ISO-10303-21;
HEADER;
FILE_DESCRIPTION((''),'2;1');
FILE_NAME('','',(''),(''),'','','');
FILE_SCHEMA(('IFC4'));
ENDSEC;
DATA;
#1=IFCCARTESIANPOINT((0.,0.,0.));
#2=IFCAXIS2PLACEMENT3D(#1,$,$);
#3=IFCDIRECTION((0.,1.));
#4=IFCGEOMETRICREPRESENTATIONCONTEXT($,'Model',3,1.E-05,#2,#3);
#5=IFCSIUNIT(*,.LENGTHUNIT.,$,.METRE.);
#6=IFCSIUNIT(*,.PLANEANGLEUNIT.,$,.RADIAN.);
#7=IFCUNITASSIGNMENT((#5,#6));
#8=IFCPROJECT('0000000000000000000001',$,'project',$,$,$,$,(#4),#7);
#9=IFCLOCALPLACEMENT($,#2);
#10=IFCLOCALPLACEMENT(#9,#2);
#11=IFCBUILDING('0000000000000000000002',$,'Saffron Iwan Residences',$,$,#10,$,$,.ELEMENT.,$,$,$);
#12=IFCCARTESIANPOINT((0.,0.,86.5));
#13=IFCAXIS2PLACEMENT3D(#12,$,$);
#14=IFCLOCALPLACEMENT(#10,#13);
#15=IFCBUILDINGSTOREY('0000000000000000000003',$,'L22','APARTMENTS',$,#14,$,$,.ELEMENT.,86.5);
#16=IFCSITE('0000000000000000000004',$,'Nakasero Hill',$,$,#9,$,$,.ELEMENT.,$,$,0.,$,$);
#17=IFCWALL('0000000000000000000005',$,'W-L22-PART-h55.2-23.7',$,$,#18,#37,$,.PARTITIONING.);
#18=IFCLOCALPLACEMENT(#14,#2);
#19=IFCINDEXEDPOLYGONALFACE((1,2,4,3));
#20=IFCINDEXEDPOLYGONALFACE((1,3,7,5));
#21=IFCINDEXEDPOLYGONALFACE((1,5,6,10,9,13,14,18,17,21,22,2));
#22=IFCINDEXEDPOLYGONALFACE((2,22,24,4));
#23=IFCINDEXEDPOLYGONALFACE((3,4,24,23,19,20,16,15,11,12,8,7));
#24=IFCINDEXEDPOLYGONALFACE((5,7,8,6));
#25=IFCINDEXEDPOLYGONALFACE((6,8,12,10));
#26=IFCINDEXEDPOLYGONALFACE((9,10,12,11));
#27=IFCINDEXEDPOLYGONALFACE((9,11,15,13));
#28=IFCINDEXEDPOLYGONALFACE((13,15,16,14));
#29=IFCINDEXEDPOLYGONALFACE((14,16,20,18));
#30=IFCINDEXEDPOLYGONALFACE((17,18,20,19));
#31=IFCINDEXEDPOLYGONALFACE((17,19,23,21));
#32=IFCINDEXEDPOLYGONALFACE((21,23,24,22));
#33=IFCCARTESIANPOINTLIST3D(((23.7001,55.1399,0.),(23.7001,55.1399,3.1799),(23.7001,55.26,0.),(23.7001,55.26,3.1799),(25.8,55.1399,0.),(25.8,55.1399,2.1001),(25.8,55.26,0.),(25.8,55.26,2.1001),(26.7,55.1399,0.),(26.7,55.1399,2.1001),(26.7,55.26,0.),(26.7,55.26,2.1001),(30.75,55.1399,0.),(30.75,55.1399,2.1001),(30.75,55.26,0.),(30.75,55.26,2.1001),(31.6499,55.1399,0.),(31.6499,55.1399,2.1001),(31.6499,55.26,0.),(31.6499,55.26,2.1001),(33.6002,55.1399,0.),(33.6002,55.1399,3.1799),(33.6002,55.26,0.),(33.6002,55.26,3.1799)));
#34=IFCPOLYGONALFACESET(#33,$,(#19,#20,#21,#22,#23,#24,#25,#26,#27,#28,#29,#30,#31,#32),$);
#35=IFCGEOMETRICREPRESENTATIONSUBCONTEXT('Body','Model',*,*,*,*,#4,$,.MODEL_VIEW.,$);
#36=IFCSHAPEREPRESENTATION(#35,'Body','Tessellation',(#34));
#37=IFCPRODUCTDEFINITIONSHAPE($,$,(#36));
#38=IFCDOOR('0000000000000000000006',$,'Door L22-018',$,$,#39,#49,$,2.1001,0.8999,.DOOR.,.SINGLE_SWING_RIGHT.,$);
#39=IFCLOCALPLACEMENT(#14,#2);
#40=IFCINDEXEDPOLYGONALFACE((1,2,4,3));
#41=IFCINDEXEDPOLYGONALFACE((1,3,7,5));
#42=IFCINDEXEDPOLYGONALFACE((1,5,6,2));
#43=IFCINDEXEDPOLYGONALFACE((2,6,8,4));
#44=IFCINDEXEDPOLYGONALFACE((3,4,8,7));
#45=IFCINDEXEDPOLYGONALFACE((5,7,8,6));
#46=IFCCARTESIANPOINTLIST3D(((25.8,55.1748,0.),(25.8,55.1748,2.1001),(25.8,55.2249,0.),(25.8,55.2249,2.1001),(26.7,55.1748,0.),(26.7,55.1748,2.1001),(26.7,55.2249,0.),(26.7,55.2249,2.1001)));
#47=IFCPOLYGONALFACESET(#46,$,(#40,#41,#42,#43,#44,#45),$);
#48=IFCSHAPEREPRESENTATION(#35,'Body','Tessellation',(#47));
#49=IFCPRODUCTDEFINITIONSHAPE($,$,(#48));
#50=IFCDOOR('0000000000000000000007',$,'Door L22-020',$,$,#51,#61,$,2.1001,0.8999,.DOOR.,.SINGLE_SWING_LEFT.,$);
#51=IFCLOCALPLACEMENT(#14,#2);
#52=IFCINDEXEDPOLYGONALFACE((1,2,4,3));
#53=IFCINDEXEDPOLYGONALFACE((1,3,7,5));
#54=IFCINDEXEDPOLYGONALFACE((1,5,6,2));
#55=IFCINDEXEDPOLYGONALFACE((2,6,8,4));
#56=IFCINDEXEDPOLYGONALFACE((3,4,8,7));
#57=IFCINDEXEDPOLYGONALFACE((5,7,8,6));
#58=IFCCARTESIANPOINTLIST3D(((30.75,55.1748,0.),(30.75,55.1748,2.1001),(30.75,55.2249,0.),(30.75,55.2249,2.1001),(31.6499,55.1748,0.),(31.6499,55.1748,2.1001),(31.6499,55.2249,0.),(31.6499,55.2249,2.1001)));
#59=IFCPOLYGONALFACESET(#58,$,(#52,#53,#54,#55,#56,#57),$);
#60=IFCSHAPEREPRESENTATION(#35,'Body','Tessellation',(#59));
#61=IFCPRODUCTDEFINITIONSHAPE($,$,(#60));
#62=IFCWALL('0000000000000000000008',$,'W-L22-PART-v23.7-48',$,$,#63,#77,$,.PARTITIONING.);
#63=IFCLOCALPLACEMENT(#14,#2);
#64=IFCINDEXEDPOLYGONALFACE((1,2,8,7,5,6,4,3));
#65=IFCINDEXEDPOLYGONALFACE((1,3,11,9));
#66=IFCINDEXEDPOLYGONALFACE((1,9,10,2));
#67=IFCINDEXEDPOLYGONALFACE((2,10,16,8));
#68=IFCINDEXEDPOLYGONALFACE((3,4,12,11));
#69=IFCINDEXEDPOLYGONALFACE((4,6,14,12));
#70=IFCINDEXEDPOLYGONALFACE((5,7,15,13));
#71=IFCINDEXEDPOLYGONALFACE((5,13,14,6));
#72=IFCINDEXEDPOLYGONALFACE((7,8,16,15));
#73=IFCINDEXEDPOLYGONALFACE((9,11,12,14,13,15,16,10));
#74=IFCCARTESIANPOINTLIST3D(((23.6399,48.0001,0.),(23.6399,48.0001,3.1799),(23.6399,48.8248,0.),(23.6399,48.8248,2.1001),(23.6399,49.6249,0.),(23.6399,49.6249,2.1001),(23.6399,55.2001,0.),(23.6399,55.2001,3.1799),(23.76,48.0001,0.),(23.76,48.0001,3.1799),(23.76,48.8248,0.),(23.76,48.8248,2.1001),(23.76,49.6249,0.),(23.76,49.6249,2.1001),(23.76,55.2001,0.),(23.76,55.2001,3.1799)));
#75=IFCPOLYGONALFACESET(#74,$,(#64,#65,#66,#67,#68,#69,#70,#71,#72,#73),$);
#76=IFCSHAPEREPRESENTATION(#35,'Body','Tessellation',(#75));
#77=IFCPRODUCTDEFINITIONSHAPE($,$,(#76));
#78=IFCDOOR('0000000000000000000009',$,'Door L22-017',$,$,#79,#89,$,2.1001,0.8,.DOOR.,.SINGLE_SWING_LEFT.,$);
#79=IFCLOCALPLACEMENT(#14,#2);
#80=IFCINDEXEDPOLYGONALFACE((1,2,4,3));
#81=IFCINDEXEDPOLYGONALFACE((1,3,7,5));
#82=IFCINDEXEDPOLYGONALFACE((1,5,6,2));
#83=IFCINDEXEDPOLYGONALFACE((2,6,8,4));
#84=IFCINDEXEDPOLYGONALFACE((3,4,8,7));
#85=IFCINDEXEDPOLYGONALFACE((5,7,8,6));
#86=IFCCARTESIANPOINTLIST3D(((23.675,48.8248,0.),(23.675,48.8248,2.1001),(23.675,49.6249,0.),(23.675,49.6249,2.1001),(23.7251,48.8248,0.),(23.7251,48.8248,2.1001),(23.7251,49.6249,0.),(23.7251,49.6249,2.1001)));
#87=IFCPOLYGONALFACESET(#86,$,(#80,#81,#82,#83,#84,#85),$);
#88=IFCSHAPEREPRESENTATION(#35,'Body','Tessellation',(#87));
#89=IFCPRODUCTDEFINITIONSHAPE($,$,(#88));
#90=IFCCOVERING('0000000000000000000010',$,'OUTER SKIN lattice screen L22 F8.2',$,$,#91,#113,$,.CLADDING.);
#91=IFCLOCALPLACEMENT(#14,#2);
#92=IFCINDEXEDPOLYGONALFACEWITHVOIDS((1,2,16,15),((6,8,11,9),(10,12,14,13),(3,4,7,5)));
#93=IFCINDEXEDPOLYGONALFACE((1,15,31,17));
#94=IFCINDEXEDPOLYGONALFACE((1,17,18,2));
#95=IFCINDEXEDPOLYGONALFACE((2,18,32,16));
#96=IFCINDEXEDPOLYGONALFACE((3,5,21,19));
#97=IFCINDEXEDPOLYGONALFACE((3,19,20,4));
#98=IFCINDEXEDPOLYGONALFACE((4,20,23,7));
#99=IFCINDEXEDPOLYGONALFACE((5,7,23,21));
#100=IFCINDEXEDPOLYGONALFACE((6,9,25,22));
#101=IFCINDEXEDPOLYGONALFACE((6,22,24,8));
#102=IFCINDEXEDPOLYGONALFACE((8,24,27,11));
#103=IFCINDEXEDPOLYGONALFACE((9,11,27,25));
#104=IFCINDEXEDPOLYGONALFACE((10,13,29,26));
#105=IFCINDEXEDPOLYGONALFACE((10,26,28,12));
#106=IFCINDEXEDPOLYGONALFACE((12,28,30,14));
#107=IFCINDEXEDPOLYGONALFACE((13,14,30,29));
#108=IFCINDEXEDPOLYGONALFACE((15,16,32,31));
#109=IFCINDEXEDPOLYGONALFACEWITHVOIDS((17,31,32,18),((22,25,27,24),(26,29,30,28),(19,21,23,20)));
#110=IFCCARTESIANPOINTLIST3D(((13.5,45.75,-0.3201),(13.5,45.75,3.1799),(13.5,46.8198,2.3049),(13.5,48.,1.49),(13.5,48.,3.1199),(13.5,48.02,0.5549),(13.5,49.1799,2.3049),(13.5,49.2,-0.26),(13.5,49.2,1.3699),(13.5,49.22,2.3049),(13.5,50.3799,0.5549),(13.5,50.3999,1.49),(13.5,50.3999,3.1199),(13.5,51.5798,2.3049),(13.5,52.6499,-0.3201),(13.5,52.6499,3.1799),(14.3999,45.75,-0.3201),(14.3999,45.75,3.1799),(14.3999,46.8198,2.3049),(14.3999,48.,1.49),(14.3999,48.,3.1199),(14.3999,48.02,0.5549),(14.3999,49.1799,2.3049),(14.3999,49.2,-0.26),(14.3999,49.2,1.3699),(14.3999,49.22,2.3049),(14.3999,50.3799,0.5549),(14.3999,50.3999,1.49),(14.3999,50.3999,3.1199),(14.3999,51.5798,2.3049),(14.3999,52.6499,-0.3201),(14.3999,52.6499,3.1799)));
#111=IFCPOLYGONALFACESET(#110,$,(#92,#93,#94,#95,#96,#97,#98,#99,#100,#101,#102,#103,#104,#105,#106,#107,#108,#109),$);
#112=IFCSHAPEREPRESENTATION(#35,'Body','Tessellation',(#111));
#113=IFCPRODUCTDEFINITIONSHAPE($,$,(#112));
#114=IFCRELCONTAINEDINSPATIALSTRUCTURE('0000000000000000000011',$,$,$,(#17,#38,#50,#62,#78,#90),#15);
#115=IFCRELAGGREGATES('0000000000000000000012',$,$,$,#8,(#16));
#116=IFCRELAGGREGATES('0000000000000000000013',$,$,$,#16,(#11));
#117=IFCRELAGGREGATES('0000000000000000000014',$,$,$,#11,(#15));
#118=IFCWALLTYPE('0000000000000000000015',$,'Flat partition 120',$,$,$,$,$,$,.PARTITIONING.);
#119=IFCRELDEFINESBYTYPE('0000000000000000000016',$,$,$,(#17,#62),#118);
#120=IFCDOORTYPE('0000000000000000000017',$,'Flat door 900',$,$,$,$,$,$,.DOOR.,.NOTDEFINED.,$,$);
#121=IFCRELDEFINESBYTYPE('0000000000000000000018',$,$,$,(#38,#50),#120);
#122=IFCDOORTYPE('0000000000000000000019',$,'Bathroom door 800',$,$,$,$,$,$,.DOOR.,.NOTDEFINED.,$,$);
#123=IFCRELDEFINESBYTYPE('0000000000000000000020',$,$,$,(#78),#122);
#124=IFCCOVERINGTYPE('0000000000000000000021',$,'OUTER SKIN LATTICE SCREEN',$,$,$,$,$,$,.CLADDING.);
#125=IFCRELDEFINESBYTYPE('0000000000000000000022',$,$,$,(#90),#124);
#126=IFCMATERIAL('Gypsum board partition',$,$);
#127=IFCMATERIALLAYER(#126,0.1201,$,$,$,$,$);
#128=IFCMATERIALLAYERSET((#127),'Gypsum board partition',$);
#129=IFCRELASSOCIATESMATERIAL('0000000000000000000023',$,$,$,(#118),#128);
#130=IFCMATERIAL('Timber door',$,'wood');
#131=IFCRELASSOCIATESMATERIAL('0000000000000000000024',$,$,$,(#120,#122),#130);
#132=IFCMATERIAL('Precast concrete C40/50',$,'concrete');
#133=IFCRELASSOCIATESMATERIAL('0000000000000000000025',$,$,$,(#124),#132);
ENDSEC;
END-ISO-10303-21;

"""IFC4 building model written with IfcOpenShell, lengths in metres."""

from ifc_helpers import new_model, si_unit, direction, frame, frame_2d, origin, place, context, subcontext, project, spatial, polyline, rectangle, outline, extrude, material, layer, layer_set, type_object, element, fill, save


model = new_model("IFC4")

# Units and contexts
model_context = context("Model", 3, precision=1e-05, world=origin(), true_north=direction((0.0, 1.0)))
body_context = subcontext(model_context, "Body", "Model", "MODEL_VIEW")
ifc_project = project(units=[si_unit("LENGTHUNIT", "METRE"), si_unit("PLANEANGLEUNIT", "RADIAN")], contexts=[model_context])

# Site, building, storey
site_placement = place(None, origin())
site = spatial("IfcSite", under=ifc_project, at=site_placement, Name="Nakasero Hill", CompositionType="ELEMENT", RefElevation=0.0)
building_placement = place(site_placement, origin())
building = spatial("IfcBuilding", under=site, at=building_placement, Name="Saffron Iwan Residences", CompositionType="ELEMENT")
storey_placement = place(building_placement, frame((0.0, 0.0, 86.5)))
storey = spatial("IfcBuildingStorey", under=building, at=storey_placement, Name="L22", Description="APARTMENTS", CompositionType="ELEMENT", Elevation=86.5)

# Shared definitions
ifc_material_1 = material(Name="Gypsum board partition")
ifc_layer_1 = layer(ifc_material_1, 0.1201)
ifc_layer_set_1 = layer_set([ifc_layer_1], Name="Gypsum board partition")
wall_type_1 = type_object("IfcWallType", Name="Flat partition 120", PredefinedType="PARTITIONING", material=ifc_layer_set_1)

# Wall, openings, doors
wall_1_placement = place(storey_placement, frame((23.7, 55.2, 0.0), z_axis=(0.0, 0.0, 1.0), x_axis=(1.0, 0.0, 0.0)))
wall_1 = element("IfcWall", 1, at=wall_1_placement, inside=storey, type_object=wall_type_1, Name="W-L22-PART-h55.2-23.7", PredefinedType="PARTITIONING", context=body_context, shape_type="SweptSolid", body=[
    extrude(rectangle(XDim=9.9001, YDim=0.1201, at=frame_2d((4.9502, 0.0))), origin(), (0.0, 0.0, 1.0), 3.1799),
])
opening_1_placement = place(wall_1_placement, frame((2.1001, 0.0, 0.0)))
opening_1 = element("IfcOpeningElement", 2, at=opening_1_placement, cuts=wall_1, PredefinedType="OPENING", context=body_context, shape_type="SweptSolid", body=[
    extrude(rectangle(XDim=0.8999, YDim=2.1001, at=frame_2d((0.45, 1.05))), frame((0.0, 0.0701, 0.0), z_axis=(0.0, -1.0, 0.0), x_axis=(1.0, 0.0, 0.0)), (0.0, 0.0, 1.0), 0.1401),
])
opening_2_placement = place(wall_1_placement, frame((7.05, 0.0, 0.0)))
opening_2 = element("IfcOpeningElement", 3, at=opening_2_placement, cuts=wall_1, PredefinedType="OPENING", context=body_context, shape_type="SweptSolid", body=[
    extrude(rectangle(XDim=0.8999, YDim=2.1001, at=frame_2d((0.45, 1.05))), frame((0.0, 0.0701, 0.0), z_axis=(0.0, -1.0, 0.0), x_axis=(1.0, 0.0, 0.0)), (0.0, 0.0, 1.0), 0.1401),
])
ifc_material_2 = material(Name="Timber door", Category="wood")
door_type_1 = type_object("IfcDoorType", Name="Flat door 900", OperationType="NOTDEFINED", PredefinedType="DOOR", material=ifc_material_2)
door_1_placement = place(opening_1_placement, origin())
door_1 = element("IfcDoor", 4, at=door_1_placement, inside=storey, type_object=door_type_1, Name="Door L22-018", OperationType="SINGLE_SWING_RIGHT", OverallHeight=2.1001, OverallWidth=0.8999, PredefinedType="DOOR", context=body_context, shape_type="SweptSolid", body=[
    extrude(rectangle(XDim=0.8999, YDim=2.1001, at=frame_2d((0.45, 1.05))), frame((0.0, 0.0249, 0.0), z_axis=(0.0, -1.0, 0.0), x_axis=(1.0, 0.0, 0.0)), (0.0, 0.0, 1.0), 0.05),
])
fill(opening_1, door_1)
door_2_placement = place(opening_2_placement, origin())
door_2 = element("IfcDoor", 5, at=door_2_placement, inside=storey, type_object=door_type_1, Name="Door L22-020", OperationType="SINGLE_SWING_LEFT", OverallHeight=2.1001, OverallWidth=0.8999, PredefinedType="DOOR", context=body_context, shape_type="SweptSolid", body=[
    extrude(rectangle(XDim=0.8999, YDim=2.1001, at=frame_2d((0.45, 1.05))), frame((0.0, 0.0249, 0.0), z_axis=(0.0, -1.0, 0.0), x_axis=(1.0, 0.0, 0.0)), (0.0, 0.0, 1.0), 0.05),
])
fill(opening_2, door_2)

# Wall, opening, door
wall_2_placement = place(storey_placement, frame((23.7, 48.0, 0.0), z_axis=(0.0, 0.0, 1.0), x_axis=(0.0, 1.0, 0.0)))
wall_2 = element("IfcWall", 6, at=wall_2_placement, inside=storey, type_object=wall_type_1, Name="W-L22-PART-v23.7-48", PredefinedType="PARTITIONING", context=body_context, shape_type="SweptSolid", body=[
    extrude(rectangle(XDim=7.2, YDim=0.1201, at=frame_2d((3.6001, 0.0))), origin(), (0.0, 0.0, 1.0), 3.1799),
])
opening_3_placement = place(wall_2_placement, frame((0.825, 0.0, 0.0)))
opening_3 = element("IfcOpeningElement", 7, at=opening_3_placement, cuts=wall_2, PredefinedType="OPENING", context=body_context, shape_type="SweptSolid", body=[
    extrude(rectangle(XDim=0.8, YDim=2.1001, at=frame_2d((0.3999, 1.05))), frame((0.0, 0.0701, 0.0), z_axis=(0.0, -1.0, 0.0), x_axis=(1.0, 0.0, 0.0)), (0.0, 0.0, 1.0), 0.1401),
])
door_type_2 = type_object("IfcDoorType", Name="Bathroom door 800", OperationType="NOTDEFINED", PredefinedType="DOOR", material=ifc_material_2)
door_3_placement = place(opening_3_placement, origin())
door_3 = element("IfcDoor", 8, at=door_3_placement, inside=storey, type_object=door_type_2, Name="Door L22-017", OperationType="SINGLE_SWING_LEFT", OverallHeight=2.1001, OverallWidth=0.8, PredefinedType="DOOR", context=body_context, shape_type="SweptSolid", body=[
    extrude(rectangle(XDim=0.8, YDim=2.1001, at=frame_2d((0.3999, 1.05))), frame((0.0, 0.0249, 0.0), z_axis=(0.0, -1.0, 0.0), x_axis=(1.0, 0.0, 0.0)), (0.0, 0.0, 1.0), 0.05),
])
fill(opening_3, door_3)

# Covering
ifc_material_3 = material(Name="Precast concrete C40/50", Category="concrete")
covering_type = type_object("IfcCoveringType", Name="OUTER SKIN LATTICE SCREEN", PredefinedType="CLADDING", material=ifc_material_3)
covering_placement = place(storey_placement, frame((14.3999, 52.6499, -0.3201), z_axis=(-1.0, 0.0, 0.0), x_axis=(0.0, -1.0, 0.0)))
element("IfcCovering", 9, at=covering_placement, inside=storey, type_object=covering_type, Name="OUTER SKIN lattice screen L22 F8.2", PredefinedType="CLADDING", context=body_context, shape_type="SweptSolid", body=[
    extrude(outline(polyline([(0.0, 0.0), (6.8999, 0.0), (6.8999, 3.5), (0.0, 3.5), (0.0, 0.0)]), holes=[polyline([(2.27, 0.875), (3.45, 0.0601), (4.6299, 0.875), (3.45, 1.6899), (2.27, 0.875)]), polyline([(1.0701, 2.625), (2.25, 1.8101), (3.4299, 2.625), (2.25, 3.4399), (1.0701, 2.625)]), polyline([(3.47, 2.625), (4.6499, 1.8101), (5.8301, 2.625), (4.6499, 3.4399), (3.47, 2.625)])]), origin(), (0.0, 0.0, 1.0), 0.8999),
])

save(model, "model.ifc")
